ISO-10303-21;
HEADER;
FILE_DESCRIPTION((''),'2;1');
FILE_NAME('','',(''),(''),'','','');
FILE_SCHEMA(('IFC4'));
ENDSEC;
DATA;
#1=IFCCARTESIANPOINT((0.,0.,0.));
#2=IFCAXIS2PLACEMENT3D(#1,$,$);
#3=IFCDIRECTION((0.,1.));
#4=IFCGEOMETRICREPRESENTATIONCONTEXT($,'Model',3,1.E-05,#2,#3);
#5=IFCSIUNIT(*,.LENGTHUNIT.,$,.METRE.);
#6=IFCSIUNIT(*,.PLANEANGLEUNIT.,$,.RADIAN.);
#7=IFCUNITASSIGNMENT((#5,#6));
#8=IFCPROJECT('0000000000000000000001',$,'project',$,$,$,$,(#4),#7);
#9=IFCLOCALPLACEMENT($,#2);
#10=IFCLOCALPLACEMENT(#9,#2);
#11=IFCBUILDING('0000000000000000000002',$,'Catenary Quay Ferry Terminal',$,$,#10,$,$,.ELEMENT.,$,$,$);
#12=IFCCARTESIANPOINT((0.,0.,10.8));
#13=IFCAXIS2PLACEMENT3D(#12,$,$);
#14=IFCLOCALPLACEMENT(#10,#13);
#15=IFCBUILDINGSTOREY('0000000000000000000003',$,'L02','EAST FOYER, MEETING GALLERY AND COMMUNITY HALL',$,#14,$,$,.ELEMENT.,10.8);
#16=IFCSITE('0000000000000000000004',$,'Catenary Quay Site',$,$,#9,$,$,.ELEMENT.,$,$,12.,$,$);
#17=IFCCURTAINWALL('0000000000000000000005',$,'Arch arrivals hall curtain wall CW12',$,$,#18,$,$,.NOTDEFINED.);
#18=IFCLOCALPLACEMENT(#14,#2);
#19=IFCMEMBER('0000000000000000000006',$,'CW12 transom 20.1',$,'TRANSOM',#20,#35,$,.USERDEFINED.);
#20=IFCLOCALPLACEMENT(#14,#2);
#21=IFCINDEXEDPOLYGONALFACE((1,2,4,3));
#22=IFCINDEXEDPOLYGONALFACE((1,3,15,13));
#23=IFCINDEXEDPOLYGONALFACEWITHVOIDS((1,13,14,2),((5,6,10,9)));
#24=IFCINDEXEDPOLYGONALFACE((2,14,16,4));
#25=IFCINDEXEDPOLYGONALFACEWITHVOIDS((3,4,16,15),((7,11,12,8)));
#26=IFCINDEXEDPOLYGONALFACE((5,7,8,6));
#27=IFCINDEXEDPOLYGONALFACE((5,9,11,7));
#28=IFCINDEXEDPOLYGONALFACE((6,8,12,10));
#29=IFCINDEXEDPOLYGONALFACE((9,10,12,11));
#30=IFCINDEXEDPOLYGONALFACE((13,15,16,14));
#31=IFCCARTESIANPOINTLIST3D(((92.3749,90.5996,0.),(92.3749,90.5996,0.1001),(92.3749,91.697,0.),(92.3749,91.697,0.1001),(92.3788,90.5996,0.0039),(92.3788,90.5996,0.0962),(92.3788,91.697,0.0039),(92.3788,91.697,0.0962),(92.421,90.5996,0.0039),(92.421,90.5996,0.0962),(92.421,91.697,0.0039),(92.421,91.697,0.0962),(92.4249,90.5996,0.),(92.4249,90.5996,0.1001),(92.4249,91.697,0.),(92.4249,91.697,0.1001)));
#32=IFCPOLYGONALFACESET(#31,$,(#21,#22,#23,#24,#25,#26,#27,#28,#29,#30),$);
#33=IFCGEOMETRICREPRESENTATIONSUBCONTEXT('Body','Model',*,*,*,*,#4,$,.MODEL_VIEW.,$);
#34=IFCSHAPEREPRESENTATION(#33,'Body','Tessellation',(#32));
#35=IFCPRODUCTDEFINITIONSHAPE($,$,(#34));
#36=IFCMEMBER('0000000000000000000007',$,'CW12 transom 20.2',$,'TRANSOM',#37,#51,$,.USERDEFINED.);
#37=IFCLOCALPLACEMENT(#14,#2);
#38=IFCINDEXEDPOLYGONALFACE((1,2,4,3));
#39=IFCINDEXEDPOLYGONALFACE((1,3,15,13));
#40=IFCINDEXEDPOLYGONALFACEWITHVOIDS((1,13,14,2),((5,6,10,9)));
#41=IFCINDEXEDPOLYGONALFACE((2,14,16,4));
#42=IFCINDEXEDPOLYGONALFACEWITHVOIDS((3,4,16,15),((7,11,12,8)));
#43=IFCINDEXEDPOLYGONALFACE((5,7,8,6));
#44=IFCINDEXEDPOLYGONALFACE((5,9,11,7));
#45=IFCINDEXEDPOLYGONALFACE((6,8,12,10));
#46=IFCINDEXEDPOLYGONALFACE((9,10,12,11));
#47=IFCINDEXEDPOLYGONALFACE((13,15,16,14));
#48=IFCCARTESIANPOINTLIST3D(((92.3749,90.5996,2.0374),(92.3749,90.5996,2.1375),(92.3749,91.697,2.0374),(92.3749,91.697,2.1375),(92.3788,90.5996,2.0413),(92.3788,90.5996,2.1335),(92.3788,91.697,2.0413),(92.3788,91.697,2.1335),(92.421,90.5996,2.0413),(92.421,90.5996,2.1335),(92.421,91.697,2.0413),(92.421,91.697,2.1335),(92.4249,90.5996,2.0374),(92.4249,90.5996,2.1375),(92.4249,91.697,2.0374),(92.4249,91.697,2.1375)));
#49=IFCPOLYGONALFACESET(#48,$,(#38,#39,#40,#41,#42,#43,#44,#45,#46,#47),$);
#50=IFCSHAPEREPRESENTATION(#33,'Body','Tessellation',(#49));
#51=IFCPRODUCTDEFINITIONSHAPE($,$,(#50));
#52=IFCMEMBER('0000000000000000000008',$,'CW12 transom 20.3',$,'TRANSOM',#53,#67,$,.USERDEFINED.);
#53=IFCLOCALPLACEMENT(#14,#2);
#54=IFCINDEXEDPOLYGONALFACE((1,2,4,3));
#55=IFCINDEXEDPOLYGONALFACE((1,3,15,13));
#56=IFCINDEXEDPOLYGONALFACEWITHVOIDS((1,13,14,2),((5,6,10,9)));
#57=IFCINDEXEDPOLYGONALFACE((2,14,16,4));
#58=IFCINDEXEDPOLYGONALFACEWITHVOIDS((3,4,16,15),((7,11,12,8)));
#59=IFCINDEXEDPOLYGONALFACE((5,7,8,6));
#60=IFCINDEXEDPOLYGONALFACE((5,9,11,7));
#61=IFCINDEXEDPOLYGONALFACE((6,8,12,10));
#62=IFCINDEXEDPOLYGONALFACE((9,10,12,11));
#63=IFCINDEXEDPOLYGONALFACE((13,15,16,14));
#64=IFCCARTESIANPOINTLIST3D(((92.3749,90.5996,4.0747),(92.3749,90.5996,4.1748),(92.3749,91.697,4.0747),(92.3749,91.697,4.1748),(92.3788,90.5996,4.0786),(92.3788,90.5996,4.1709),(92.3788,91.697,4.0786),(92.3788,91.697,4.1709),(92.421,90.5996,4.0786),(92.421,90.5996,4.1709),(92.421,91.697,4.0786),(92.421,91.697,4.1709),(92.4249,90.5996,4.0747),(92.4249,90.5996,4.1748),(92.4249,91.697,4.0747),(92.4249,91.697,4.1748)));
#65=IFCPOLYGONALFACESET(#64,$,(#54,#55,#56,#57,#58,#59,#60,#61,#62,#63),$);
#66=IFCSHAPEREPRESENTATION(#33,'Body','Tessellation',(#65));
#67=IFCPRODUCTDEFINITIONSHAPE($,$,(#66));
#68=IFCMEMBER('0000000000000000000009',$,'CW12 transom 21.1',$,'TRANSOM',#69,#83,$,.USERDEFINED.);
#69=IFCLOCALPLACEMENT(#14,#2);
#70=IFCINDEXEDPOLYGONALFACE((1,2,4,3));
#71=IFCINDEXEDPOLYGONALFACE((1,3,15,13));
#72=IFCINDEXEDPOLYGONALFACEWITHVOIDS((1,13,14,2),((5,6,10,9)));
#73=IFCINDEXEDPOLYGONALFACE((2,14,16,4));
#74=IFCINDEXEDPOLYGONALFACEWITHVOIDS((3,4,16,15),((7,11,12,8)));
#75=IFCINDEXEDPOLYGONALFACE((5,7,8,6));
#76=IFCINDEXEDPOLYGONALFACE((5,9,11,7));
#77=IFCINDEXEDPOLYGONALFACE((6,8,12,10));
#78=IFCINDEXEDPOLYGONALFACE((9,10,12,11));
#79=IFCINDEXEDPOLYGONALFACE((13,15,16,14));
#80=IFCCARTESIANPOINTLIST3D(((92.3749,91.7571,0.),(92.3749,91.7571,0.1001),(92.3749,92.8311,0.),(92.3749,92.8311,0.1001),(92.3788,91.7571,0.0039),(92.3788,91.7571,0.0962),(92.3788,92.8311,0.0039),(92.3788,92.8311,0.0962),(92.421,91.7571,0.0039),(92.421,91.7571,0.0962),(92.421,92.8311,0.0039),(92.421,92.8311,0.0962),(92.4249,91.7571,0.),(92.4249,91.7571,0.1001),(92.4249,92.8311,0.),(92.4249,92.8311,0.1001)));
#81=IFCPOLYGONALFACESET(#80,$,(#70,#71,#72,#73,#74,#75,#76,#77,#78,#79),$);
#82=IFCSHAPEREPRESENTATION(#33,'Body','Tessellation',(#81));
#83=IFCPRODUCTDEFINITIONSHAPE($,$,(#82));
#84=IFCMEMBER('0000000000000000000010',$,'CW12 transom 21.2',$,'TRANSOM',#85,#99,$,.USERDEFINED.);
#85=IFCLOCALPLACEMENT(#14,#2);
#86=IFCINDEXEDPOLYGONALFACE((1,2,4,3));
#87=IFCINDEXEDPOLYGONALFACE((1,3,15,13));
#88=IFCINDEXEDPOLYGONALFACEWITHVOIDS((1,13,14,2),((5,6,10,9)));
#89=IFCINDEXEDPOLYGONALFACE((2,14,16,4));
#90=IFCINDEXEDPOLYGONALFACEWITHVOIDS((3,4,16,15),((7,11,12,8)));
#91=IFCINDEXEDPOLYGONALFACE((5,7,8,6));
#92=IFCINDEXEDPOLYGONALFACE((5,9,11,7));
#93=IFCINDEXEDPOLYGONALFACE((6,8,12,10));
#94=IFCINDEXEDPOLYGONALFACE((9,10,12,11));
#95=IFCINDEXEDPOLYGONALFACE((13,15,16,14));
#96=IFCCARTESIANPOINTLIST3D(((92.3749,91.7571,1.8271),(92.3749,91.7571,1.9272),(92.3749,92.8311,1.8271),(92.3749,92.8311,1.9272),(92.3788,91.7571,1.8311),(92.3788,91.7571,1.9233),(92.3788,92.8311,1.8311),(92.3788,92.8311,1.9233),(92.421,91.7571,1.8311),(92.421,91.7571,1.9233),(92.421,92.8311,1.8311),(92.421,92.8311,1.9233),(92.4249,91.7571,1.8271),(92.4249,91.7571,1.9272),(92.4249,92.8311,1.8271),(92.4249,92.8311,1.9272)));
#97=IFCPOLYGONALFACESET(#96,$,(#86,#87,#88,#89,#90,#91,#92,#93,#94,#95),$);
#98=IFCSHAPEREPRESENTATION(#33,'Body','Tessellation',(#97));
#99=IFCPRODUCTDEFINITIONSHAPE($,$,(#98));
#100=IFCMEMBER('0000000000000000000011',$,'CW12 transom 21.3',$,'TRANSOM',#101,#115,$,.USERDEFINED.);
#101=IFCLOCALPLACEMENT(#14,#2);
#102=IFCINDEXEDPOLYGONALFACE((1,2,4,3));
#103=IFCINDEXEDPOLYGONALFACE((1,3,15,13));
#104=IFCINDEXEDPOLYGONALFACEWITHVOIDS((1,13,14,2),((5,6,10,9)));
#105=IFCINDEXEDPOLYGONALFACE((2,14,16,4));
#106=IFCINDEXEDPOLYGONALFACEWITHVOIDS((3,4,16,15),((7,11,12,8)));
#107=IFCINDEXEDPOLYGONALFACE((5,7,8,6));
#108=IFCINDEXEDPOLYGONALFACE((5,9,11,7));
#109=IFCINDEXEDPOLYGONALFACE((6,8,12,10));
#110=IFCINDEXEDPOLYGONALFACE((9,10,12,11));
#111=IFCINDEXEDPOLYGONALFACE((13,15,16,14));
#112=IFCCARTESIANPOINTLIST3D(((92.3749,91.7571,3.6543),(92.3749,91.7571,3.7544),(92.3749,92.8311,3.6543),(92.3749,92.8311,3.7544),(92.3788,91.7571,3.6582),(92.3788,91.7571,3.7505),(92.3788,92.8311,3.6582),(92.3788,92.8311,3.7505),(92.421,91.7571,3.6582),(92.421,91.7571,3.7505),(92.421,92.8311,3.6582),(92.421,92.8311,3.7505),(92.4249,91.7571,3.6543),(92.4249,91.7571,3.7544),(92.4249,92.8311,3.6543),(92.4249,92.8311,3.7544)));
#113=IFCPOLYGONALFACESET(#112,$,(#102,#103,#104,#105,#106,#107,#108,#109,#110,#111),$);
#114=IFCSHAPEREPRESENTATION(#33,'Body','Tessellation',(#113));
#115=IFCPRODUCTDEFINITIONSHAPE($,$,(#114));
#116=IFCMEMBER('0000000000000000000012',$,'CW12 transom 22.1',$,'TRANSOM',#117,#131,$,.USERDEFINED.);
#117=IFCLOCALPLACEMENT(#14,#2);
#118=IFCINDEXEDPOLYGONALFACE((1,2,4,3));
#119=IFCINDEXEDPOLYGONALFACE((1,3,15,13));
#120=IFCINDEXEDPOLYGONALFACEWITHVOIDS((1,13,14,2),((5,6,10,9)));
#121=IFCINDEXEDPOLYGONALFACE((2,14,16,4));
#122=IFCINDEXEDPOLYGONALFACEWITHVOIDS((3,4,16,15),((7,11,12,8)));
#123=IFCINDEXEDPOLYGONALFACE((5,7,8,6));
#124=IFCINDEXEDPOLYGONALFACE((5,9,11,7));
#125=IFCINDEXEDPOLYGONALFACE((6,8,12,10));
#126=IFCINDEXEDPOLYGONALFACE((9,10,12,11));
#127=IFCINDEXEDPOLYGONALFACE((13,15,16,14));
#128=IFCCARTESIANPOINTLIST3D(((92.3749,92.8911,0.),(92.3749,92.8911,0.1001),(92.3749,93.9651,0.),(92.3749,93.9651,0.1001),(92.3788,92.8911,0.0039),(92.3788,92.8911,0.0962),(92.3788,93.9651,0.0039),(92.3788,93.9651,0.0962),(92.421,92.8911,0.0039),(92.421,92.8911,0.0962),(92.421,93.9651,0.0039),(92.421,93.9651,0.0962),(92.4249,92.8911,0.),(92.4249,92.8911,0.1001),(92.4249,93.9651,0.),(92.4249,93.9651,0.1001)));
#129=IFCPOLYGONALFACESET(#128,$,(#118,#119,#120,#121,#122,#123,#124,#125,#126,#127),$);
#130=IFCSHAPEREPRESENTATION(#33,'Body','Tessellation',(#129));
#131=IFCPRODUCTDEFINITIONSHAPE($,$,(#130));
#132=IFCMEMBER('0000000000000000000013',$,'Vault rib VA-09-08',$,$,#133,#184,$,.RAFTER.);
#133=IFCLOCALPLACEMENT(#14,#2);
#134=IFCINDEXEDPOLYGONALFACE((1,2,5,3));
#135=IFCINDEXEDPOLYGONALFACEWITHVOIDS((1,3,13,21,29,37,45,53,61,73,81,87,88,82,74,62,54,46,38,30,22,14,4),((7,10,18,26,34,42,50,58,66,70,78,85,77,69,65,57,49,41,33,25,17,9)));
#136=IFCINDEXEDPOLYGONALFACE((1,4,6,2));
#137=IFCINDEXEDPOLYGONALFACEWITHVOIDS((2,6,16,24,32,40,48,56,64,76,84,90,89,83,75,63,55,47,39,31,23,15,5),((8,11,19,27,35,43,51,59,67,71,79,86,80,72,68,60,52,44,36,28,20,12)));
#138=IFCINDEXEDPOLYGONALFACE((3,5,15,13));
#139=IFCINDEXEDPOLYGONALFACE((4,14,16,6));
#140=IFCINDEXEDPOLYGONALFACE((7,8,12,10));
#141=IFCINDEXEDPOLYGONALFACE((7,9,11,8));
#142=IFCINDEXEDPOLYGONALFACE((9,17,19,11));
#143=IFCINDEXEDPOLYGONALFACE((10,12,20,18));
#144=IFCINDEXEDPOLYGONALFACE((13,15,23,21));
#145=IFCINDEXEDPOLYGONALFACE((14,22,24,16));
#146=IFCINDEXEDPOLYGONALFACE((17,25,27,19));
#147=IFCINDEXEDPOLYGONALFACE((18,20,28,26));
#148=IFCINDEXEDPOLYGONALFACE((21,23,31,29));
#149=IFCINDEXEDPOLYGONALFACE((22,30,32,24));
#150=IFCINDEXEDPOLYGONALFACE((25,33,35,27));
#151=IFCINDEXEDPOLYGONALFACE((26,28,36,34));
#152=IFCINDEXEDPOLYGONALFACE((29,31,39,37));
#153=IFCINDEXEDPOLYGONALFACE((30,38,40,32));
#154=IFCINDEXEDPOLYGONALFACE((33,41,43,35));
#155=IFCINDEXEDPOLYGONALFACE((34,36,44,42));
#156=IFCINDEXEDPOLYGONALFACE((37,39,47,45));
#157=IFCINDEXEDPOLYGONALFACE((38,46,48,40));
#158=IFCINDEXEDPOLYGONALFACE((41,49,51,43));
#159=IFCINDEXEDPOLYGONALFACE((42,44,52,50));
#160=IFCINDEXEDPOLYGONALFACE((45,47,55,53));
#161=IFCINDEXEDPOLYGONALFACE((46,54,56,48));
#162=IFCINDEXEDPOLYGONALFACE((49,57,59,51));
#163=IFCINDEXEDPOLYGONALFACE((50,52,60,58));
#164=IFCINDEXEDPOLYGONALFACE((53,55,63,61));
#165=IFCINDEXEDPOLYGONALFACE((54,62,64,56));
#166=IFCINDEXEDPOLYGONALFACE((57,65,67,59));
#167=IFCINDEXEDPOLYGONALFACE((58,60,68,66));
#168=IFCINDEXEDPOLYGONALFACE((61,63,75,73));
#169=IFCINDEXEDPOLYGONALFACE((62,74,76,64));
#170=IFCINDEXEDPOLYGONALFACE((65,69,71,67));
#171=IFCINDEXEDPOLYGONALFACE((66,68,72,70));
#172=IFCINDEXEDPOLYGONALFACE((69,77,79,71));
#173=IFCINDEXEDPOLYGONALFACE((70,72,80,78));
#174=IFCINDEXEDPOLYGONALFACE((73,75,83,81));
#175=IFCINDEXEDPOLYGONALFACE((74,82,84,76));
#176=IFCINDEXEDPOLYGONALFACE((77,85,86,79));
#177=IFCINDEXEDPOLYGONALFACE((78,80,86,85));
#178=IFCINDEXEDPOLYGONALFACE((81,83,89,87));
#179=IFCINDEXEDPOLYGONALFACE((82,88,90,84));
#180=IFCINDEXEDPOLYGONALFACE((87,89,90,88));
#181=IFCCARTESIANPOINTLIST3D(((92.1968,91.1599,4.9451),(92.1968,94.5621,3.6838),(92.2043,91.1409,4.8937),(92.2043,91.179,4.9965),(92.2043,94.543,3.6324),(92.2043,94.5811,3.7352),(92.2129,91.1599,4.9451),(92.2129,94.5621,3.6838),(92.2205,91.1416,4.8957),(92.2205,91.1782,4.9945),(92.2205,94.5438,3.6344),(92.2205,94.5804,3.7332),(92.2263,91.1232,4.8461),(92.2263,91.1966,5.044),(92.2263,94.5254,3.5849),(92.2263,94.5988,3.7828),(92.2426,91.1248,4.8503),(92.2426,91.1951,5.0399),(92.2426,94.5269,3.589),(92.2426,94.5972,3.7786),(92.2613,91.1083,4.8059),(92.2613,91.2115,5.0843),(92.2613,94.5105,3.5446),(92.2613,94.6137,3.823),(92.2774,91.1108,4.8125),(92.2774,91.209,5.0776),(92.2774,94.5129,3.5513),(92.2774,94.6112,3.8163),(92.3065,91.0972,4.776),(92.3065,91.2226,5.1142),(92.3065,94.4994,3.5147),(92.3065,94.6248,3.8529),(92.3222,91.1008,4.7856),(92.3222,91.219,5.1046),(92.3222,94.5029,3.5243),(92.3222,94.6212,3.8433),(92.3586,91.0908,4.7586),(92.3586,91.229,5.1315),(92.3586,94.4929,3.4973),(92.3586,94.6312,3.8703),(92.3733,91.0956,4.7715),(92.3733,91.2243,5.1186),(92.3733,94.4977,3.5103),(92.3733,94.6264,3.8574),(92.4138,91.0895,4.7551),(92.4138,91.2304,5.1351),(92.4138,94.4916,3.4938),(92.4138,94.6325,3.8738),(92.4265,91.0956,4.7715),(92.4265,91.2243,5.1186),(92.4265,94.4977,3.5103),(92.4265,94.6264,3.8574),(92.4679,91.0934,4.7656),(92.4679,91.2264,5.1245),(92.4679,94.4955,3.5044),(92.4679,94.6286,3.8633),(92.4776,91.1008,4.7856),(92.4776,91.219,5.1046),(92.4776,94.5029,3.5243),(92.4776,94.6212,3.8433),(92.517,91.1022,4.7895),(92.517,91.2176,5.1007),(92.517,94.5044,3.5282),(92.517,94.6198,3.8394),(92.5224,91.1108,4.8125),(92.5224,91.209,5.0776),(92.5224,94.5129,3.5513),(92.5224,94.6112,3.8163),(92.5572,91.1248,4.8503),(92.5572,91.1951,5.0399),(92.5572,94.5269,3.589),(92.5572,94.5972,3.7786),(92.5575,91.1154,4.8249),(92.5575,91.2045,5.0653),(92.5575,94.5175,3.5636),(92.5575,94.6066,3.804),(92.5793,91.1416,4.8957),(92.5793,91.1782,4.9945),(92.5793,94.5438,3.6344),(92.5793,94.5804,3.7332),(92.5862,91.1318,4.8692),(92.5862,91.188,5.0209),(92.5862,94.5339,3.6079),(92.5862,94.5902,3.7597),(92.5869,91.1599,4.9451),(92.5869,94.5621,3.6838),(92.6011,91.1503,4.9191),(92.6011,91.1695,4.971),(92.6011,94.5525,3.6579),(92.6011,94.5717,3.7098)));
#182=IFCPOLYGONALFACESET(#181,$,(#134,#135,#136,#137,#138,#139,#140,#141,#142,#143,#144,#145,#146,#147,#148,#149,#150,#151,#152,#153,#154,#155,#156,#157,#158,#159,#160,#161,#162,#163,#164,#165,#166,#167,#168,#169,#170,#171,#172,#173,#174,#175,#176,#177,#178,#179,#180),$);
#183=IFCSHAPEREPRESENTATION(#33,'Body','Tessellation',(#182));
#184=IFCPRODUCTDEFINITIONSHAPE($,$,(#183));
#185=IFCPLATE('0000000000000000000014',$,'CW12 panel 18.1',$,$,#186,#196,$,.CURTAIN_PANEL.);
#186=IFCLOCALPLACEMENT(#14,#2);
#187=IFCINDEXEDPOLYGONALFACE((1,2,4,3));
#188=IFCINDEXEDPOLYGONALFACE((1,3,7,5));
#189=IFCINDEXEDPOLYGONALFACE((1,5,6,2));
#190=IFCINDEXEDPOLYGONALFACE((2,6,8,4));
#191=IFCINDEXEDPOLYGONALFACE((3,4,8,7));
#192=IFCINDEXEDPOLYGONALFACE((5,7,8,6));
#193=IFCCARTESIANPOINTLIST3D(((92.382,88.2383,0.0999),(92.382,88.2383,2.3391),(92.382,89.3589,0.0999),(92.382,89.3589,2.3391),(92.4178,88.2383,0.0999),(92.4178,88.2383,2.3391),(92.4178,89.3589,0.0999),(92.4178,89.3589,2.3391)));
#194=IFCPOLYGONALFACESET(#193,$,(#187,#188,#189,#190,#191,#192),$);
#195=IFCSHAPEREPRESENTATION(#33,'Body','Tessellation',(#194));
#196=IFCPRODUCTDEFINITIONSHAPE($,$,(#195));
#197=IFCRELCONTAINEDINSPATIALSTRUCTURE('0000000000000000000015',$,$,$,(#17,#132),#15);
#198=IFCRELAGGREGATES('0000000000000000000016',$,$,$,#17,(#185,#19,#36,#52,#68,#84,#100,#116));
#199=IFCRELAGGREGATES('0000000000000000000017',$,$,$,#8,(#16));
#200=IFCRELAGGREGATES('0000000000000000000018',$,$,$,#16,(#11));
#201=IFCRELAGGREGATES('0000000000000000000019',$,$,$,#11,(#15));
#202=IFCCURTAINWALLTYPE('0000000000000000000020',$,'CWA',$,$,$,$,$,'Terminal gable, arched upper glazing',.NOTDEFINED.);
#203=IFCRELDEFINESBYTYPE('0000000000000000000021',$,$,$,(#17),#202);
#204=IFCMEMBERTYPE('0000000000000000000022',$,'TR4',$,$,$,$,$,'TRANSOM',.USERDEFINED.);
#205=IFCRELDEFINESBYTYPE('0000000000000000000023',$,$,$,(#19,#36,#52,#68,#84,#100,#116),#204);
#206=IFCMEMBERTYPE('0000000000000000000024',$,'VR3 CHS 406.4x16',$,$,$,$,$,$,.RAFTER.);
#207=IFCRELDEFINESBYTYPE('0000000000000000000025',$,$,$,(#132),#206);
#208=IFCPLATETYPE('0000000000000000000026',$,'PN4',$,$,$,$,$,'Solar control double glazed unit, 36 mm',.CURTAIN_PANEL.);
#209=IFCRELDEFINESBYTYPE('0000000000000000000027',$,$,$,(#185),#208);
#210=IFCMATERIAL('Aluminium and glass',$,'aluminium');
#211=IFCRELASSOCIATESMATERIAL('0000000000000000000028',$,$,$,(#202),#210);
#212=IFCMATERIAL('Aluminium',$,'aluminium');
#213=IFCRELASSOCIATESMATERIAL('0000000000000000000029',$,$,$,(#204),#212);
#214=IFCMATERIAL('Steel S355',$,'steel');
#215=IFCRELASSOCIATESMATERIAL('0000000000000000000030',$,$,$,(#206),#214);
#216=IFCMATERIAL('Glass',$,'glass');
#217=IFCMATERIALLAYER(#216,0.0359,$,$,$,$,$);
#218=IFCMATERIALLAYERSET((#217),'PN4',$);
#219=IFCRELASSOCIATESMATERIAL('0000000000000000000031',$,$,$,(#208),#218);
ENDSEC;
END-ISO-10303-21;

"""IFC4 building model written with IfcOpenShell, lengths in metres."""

from ifc_helpers import new_model, si_unit, direction, frame, origin, origin_2d, place, context, subcontext, project, spatial, rectangle, hollow_rectangle, hollow_circle, extrude, material, layer, layer_set, material_profile, profile_set, type_object, element, aggregate, save


model = new_model("IFC4")

# Units and contexts
model_context = context("Model", 3, precision=1e-05, world=origin(), true_north=direction((0.0, 1.0)))
body_context = subcontext(model_context, "Body", "Model", "MODEL_VIEW")
ifc_project = project(units=[si_unit("LENGTHUNIT", "METRE"), si_unit("PLANEANGLEUNIT", "RADIAN")], contexts=[model_context])

# Site, building, storey
site_placement = place(None, origin())
site = spatial("IfcSite", under=ifc_project, at=site_placement, Name="Catenary Quay Site", CompositionType="ELEMENT", RefElevation=12.0)
building_placement = place(site_placement, origin())
building = spatial("IfcBuilding", under=site, at=building_placement, Name="Catenary Quay Ferry Terminal", CompositionType="ELEMENT")
storey_placement = place(building_placement, frame((0.0, 0.0, 10.8)))
storey = spatial("IfcBuildingStorey", under=building, at=storey_placement, Name="L02", Description="EAST FOYER, MEETING GALLERY AND COMMUNITY HALL", CompositionType="ELEMENT", Elevation=10.8)

# Curtain wall, members
ifc_material_1 = material(Name="Aluminium and glass", Category="aluminium")
curtain_wall_type = type_object("IfcCurtainWallType", Name="CWA", ElementType="Terminal gable, arched upper glazing", PredefinedType="NOTDEFINED", material=ifc_material_1)
curtain_wall_placement = place(storey_placement, origin())
curtain_wall = element("IfcCurtainWall", 1, at=curtain_wall_placement, inside=storey, type_object=curtain_wall_type, Name="Arch arrivals hall curtain wall CW12", PredefinedType="NOTDEFINED")
ifc_material_2 = material(Name="Aluminium", Category="aluminium")
ifc_material_profile_1 = material_profile(ifc_material_2, hollow_rectangle(XDim=0.05, YDim=0.1001, WallThickness=0.0039, at=origin_2d()), Name="TR4")
ifc_profile_set_1 = profile_set([ifc_material_profile_1], Name="Aluminium")
member_type_1 = type_object("IfcMemberType", Name="TR4", ElementType="TRANSOM", PredefinedType="USERDEFINED", material=ifc_profile_set_1)
member_1_placement = place(storey_placement, frame((92.3999, 90.5996, 0.05), z_axis=(0.0, 1.0, 0.0), x_axis=(-1.0, 0.0, 0.0)))
member_1 = element("IfcMember", 2, at=member_1_placement, type_object=member_type_1, Name="CW12 transom 20.1", ObjectType="TRANSOM", PredefinedType="USERDEFINED", context=body_context, shape_type="SweptSolid", body=[
    extrude(hollow_rectangle(XDim=0.05, YDim=0.1001, WallThickness=0.0039, at=origin_2d()), origin(), (0.0, 0.0, 1.0), 1.0974),
])
member_2_placement = place(storey_placement, frame((92.3999, 90.5996, 2.0874), z_axis=(0.0, 1.0, 0.0), x_axis=(-1.0, 0.0, 0.0)))
member_2 = element("IfcMember", 3, at=member_2_placement, type_object=member_type_1, Name="CW12 transom 20.2", ObjectType="TRANSOM", PredefinedType="USERDEFINED", context=body_context, shape_type="SweptSolid", body=[
    extrude(hollow_rectangle(XDim=0.05, YDim=0.1001, WallThickness=0.0039, at=origin_2d()), origin(), (0.0, 0.0, 1.0), 1.0974),
])
member_3_placement = place(storey_placement, frame((92.3999, 90.5996, 4.1248), z_axis=(0.0, 1.0, 0.0), x_axis=(-1.0, 0.0, 0.0)))
member_3 = element("IfcMember", 4, at=member_3_placement, type_object=member_type_1, Name="CW12 transom 20.3", ObjectType="TRANSOM", PredefinedType="USERDEFINED", context=body_context, shape_type="SweptSolid", body=[
    extrude(hollow_rectangle(XDim=0.05, YDim=0.1001, WallThickness=0.0039, at=origin_2d()), origin(), (0.0, 0.0, 1.0), 1.0974),
])
member_4_placement = place(storey_placement, frame((92.3999, 91.7571, 0.05), z_axis=(0.0, 1.0, 0.0), x_axis=(-1.0, 0.0, 0.0)))
member_4 = element("IfcMember", 5, at=member_4_placement, type_object=member_type_1, Name="CW12 transom 21.1", ObjectType="TRANSOM", PredefinedType="USERDEFINED", context=body_context, shape_type="SweptSolid", body=[
    extrude(hollow_rectangle(XDim=0.05, YDim=0.1001, WallThickness=0.0039, at=origin_2d()), origin(), (0.0, 0.0, 1.0), 1.074),
])
member_5_placement = place(storey_placement, frame((92.3999, 91.7571, 1.8772), z_axis=(0.0, 1.0, 0.0), x_axis=(-1.0, 0.0, 0.0)))
member_5 = element("IfcMember", 6, at=member_5_placement, type_object=member_type_1, Name="CW12 transom 21.2", ObjectType="TRANSOM", PredefinedType="USERDEFINED", context=body_context, shape_type="SweptSolid", body=[
    extrude(hollow_rectangle(XDim=0.05, YDim=0.1001, WallThickness=0.0039, at=origin_2d()), origin(), (0.0, 0.0, 1.0), 1.074),
])
member_6_placement = place(storey_placement, frame((92.3999, 91.7571, 3.7043), z_axis=(0.0, 1.0, 0.0), x_axis=(-1.0, 0.0, 0.0)))
member_6 = element("IfcMember", 7, at=member_6_placement, type_object=member_type_1, Name="CW12 transom 21.3", ObjectType="TRANSOM", PredefinedType="USERDEFINED", context=body_context, shape_type="SweptSolid", body=[
    extrude(hollow_rectangle(XDim=0.05, YDim=0.1001, WallThickness=0.0039, at=origin_2d()), origin(), (0.0, 0.0, 1.0), 1.074),
])
member_7_placement = place(storey_placement, frame((92.3999, 92.8911, 0.05), z_axis=(0.0, 1.0, 0.0), x_axis=(-1.0, 0.0, 0.0)))
member_7 = element("IfcMember", 8, at=member_7_placement, type_object=member_type_1, Name="CW12 transom 22.1", ObjectType="TRANSOM", PredefinedType="USERDEFINED", context=body_context, shape_type="SweptSolid", body=[
    extrude(hollow_rectangle(XDim=0.05, YDim=0.1001, WallThickness=0.0039, at=origin_2d()), origin(), (0.0, 0.0, 1.0), 1.074),
])

# Member
ifc_material_3 = material(Name="Steel S355", Category="steel")
ifc_material_profile_2 = material_profile(ifc_material_3, hollow_circle(Radius=0.2031, WallThickness=0.0161, at=origin_2d()), Name="CHS 406.4x16")
ifc_profile_set_2 = profile_set([ifc_material_profile_2], Name="Steel S355")
member_type_2 = type_object("IfcMemberType", Name="VR3 CHS 406.4x16", PredefinedType="RAFTER", material=ifc_profile_set_2)
member_8_placement = place(storey_placement, frame((92.3999, 91.1599, 4.9451), z_axis=(0.0, 0.937642, -0.347604), x_axis=(-1.0, 0.0, 0.0)))
element("IfcMember", 9, at=member_8_placement, inside=storey, type_object=member_type_2, Name="Vault rib VA-09-08", PredefinedType="RAFTER", context=body_context, shape_type="SweptSolid", body=[
    extrude(hollow_circle(Radius=0.2031, WallThickness=0.0161, at=origin_2d()), origin(), (0.0, 0.0, 1.0), 3.6284),
])

# Plate
ifc_material_4 = material(Name="Glass", Category="glass")
ifc_layer_1 = layer(ifc_material_4, 0.0359)
ifc_layer_set_1 = layer_set([ifc_layer_1], Name="PN4")
plate_type_1 = type_object("IfcPlateType", Name="PN4", ElementType="Solar control double glazed unit, 36 mm", PredefinedType="CURTAIN_PANEL", material=ifc_layer_set_1)
plate_1_placement = place(storey_placement, frame((92.3999, 88.7986, 0.0999), z_axis=(0.0, 0.0, 1.0), x_axis=(0.0, 1.0, 0.0)))
plate_1 = element("IfcPlate", 10, at=plate_1_placement, type_object=plate_type_1, Name="CW12 panel 18.1", PredefinedType="CURTAIN_PANEL", context=body_context, shape_type="SweptSolid", body=[
    extrude(rectangle(XDim=1.1206, YDim=0.0359, at=origin_2d()), origin(), (0.0, 0.0, 1.0), 2.2393),
])
aggregate(curtain_wall, [plate_1, member_1, member_2, member_3, member_4, member_5, member_6, member_7])

save(model, "model.ifc")
